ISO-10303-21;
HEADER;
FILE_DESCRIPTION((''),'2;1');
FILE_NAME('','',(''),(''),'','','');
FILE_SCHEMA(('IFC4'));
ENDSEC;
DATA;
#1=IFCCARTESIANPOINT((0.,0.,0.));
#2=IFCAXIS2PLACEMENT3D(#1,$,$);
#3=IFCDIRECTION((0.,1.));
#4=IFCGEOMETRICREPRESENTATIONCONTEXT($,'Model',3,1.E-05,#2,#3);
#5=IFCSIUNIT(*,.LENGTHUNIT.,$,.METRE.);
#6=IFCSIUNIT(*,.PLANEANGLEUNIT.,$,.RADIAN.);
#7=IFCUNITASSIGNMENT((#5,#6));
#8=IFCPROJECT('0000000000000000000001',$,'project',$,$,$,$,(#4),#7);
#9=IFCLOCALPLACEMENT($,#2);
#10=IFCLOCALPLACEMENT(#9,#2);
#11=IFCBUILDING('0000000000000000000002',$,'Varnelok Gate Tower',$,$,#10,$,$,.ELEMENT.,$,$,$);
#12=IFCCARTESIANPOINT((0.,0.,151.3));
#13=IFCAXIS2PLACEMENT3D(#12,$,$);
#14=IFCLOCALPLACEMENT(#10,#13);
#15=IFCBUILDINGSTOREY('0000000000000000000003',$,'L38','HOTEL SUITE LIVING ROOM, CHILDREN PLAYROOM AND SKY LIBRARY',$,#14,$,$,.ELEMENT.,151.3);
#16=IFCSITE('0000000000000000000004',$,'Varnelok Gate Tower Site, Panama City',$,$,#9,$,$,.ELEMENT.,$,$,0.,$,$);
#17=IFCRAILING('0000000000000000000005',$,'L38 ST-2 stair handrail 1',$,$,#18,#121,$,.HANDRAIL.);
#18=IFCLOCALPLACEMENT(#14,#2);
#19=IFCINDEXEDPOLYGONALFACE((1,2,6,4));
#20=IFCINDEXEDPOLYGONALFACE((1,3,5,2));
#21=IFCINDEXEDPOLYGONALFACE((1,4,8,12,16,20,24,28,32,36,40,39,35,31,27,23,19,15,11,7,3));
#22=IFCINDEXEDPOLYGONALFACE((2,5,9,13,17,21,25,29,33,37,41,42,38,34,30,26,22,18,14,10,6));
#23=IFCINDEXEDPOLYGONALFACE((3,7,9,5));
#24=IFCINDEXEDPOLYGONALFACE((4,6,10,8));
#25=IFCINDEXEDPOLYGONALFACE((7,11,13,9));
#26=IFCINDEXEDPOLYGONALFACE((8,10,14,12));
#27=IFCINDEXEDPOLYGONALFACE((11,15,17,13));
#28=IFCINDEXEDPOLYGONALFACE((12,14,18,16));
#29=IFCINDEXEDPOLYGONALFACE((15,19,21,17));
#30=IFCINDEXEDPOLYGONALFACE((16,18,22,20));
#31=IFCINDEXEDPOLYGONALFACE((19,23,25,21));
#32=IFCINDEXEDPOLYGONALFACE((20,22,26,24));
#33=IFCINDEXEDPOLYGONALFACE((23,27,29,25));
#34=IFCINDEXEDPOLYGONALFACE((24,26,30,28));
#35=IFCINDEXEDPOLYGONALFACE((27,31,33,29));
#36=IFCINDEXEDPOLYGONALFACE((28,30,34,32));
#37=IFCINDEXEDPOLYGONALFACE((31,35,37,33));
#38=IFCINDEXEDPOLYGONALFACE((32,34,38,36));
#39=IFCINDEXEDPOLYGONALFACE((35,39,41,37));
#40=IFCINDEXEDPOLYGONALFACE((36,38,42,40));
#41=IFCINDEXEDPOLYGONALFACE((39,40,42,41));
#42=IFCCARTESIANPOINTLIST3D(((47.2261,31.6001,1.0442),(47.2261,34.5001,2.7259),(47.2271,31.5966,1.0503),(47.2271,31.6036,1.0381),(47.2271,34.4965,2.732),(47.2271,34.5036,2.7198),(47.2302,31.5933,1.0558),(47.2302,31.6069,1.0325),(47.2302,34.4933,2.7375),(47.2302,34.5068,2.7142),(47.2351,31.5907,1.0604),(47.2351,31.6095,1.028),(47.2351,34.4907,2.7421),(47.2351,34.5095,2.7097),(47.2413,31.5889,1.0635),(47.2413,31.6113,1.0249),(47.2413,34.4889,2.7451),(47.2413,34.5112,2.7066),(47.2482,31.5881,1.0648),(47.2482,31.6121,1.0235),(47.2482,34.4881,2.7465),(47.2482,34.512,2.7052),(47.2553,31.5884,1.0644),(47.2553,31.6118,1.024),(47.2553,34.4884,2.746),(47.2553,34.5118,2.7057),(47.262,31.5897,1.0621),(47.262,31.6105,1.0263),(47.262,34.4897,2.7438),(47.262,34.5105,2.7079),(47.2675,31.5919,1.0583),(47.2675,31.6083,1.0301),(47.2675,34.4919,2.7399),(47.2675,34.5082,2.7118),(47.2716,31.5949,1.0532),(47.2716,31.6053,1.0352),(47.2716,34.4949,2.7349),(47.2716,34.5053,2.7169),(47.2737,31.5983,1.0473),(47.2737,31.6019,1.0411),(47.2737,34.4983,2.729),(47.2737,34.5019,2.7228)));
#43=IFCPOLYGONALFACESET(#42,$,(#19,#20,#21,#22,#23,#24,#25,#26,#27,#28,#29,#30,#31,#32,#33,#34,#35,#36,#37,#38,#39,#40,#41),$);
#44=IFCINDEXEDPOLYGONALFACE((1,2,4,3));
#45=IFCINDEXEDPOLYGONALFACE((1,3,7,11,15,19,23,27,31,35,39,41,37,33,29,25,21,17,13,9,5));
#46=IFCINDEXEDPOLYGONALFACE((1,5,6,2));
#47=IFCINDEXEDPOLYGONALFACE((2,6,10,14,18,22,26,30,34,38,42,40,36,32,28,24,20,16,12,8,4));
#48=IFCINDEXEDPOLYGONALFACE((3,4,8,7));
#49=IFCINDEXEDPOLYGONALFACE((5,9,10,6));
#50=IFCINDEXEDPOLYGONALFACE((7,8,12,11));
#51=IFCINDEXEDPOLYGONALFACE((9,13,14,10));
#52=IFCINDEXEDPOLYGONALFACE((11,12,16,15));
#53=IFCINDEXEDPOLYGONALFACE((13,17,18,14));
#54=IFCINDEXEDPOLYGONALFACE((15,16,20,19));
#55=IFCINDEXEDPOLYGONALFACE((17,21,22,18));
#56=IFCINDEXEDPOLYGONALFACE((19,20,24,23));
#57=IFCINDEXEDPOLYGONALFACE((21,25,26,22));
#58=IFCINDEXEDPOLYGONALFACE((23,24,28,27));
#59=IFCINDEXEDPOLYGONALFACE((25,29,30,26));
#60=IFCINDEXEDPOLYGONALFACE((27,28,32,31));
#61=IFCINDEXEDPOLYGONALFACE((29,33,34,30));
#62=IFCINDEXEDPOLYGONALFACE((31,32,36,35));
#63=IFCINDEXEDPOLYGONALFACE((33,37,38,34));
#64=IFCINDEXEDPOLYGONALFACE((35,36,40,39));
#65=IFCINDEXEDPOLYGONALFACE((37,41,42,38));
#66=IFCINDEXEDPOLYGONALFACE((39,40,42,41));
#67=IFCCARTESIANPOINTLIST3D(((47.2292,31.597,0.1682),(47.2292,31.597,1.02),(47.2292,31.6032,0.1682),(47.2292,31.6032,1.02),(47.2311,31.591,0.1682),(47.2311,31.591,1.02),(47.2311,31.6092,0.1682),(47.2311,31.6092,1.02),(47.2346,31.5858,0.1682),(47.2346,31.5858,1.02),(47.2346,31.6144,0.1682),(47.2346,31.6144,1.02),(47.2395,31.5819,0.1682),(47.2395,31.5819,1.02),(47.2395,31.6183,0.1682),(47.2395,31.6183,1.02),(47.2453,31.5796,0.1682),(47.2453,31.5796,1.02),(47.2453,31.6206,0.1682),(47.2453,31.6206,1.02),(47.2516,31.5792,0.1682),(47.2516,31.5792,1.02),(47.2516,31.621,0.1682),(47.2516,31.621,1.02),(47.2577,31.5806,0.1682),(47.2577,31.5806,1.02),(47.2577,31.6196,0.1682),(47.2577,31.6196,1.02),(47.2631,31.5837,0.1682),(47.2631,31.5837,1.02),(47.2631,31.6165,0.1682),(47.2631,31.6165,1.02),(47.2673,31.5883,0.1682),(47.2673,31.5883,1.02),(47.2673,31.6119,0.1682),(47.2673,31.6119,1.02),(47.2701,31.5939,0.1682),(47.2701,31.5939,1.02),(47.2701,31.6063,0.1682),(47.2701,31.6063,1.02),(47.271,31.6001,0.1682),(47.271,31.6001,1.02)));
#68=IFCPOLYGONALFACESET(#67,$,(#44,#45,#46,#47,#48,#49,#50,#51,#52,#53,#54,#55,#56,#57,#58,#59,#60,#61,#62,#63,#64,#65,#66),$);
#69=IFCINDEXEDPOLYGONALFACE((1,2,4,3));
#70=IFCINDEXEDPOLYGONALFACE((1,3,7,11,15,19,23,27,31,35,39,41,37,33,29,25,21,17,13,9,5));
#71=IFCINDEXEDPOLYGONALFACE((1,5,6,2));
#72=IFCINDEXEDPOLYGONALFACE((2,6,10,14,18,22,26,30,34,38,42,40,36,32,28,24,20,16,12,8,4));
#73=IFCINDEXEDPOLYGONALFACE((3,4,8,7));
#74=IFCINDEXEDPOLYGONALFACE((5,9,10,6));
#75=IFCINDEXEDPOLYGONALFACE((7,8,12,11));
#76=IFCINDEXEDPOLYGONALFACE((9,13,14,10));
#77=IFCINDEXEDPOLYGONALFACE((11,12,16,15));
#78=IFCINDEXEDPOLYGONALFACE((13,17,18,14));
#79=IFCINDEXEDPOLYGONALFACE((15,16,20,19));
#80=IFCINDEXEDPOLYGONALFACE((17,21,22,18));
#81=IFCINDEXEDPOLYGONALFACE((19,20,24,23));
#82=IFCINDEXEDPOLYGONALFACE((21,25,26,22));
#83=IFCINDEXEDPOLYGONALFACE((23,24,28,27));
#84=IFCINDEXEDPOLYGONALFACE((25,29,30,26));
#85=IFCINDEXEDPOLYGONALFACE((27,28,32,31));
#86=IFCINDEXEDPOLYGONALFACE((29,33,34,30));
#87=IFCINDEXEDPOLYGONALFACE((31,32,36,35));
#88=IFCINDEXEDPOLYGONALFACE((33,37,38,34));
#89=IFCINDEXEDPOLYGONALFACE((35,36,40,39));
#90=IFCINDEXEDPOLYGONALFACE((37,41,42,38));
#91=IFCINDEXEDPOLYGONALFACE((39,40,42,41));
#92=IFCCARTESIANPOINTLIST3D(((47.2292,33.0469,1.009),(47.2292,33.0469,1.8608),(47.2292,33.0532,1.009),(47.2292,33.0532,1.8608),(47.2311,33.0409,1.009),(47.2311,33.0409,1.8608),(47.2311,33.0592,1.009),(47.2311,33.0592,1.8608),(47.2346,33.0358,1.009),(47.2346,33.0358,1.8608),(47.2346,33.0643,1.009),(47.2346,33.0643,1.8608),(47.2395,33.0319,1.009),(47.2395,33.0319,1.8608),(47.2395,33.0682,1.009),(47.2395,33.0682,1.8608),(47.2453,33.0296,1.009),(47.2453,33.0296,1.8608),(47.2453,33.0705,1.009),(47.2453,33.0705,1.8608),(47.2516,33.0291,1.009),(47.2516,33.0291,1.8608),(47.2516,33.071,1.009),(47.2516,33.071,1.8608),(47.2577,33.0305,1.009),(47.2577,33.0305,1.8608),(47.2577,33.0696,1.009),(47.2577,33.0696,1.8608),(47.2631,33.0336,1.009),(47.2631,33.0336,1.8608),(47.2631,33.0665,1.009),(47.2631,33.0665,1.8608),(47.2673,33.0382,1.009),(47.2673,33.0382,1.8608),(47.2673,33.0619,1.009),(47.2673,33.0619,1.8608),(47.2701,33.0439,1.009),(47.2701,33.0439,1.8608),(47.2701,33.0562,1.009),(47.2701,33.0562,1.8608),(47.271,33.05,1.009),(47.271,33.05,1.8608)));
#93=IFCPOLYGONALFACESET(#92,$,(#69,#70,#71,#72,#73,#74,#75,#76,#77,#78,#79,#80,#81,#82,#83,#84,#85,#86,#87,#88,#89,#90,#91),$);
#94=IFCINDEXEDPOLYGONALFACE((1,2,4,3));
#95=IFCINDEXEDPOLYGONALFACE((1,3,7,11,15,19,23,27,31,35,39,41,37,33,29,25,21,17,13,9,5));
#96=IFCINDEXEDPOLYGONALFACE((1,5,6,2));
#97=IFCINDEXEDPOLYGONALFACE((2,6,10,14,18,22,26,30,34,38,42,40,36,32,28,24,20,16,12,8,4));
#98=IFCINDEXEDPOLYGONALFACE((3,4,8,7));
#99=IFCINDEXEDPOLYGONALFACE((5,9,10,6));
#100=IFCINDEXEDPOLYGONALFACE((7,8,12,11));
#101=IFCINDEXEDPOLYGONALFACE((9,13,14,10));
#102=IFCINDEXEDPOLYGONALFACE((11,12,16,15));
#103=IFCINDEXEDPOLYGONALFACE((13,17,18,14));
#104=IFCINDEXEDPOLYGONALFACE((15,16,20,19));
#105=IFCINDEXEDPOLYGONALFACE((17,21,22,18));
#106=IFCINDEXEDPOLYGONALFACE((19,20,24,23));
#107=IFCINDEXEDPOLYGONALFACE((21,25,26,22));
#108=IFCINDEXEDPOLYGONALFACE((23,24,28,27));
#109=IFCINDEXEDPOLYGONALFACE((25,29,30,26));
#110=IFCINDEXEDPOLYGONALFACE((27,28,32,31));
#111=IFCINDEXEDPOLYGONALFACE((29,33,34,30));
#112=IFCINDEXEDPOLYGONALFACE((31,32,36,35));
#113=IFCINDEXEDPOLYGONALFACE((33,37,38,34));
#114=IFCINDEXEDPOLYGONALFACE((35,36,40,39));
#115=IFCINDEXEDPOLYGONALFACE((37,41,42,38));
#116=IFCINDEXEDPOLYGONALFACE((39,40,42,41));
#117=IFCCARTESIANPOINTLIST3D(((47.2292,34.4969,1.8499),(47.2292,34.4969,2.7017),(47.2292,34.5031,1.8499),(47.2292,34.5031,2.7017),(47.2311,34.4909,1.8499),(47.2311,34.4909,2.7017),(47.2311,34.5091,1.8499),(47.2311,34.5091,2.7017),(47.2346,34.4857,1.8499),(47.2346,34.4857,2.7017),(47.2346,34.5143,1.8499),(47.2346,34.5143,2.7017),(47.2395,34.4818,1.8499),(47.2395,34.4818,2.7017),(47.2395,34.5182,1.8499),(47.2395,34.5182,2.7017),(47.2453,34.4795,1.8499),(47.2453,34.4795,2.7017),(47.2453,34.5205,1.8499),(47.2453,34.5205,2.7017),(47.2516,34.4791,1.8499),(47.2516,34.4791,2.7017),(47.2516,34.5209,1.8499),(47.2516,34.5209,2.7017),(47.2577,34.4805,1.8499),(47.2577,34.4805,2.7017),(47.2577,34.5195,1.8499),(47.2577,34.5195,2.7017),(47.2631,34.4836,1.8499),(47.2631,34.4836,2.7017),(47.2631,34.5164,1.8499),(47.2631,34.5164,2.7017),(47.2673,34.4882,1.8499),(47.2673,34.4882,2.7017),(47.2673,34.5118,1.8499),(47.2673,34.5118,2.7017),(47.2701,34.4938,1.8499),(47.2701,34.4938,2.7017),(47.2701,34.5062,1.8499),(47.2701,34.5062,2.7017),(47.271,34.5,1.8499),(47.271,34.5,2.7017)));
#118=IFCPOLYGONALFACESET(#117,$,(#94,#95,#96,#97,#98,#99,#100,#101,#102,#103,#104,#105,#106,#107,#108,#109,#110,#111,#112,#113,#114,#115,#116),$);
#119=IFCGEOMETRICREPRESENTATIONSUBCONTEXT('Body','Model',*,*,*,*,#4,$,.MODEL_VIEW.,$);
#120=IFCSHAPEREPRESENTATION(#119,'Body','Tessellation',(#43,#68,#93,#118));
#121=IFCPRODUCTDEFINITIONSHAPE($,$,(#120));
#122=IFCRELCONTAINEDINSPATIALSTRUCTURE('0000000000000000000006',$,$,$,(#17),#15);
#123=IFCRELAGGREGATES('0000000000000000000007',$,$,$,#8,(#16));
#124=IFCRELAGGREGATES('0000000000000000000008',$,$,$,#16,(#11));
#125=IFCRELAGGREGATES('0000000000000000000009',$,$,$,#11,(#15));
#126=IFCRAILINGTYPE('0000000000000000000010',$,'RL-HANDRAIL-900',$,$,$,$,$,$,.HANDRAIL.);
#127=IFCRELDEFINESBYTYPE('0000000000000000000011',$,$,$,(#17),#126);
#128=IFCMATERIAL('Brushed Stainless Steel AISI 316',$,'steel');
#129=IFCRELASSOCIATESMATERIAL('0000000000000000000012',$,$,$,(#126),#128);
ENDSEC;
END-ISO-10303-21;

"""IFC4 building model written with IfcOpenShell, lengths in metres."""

from ifc_helpers import new_model, si_unit, direction, frame, origin, origin_2d, place, context, subcontext, project, spatial, circle, extrude, material, type_object, element, save


model = new_model("IFC4")

# Units and contexts
model_context = context("Model", 3, precision=1e-05, world=origin(), true_north=direction((0.0, 1.0)))
body_context = subcontext(model_context, "Body", "Model", "MODEL_VIEW")
ifc_project = project(units=[si_unit("LENGTHUNIT", "METRE"), si_unit("PLANEANGLEUNIT", "RADIAN")], contexts=[model_context])

# Site, building, storey
site_placement = place(None, origin())
site = spatial("IfcSite", under=ifc_project, at=site_placement, Name="Varnelok Gate Tower Site, Panama City", CompositionType="ELEMENT", RefElevation=0.0)
building_placement = place(site_placement, origin())
building = spatial("IfcBuilding", under=site, at=building_placement, Name="Varnelok Gate Tower", CompositionType="ELEMENT")
storey_placement = place(building_placement, frame((0.0, 0.0, 151.3)))
storey = spatial("IfcBuildingStorey", under=building, at=storey_placement, Name="L38", Description="HOTEL SUITE LIVING ROOM, CHILDREN PLAYROOM AND SKY LIBRARY", CompositionType="ELEMENT", Elevation=151.3)

# Railing
ifc_material_1 = material(Name="Brushed Stainless Steel AISI 316", Category="steel")
railing_type_1 = type_object("IfcRailingType", Name="RL-HANDRAIL-900", PredefinedType="HANDRAIL", material=ifc_material_1)
railing_1_placement = place(storey_placement, frame((47.25, 31.6001, 0.1682)))
element("IfcRailing", 1, at=railing_1_placement, inside=storey, type_object=railing_type_1, Name="L38 ST-2 stair handrail 1", PredefinedType="HANDRAIL", context=body_context, shape_type="SweptSolid", body=[
    extrude(circle(Radius=0.0239, at=origin_2d()), frame((0.0, 0.0, 0.876), z_axis=(0.0, 0.86507, 0.501651), x_axis=(-1.0, 0.0, 0.0)), (0.0, 0.0, 1.0), 3.3523),
    extrude(circle(Radius=0.021, at=origin_2d()), origin(), (0.0, 0.0, 1.0), 0.8518),
    extrude(circle(Radius=0.021, at=origin_2d()), frame((0.0, 1.45, 0.8408)), (0.0, 0.0, 1.0), 0.8518),
    extrude(circle(Radius=0.021, at=origin_2d()), frame((0.0, 2.8999, 1.6816)), (0.0, 0.0, 1.0), 0.8518),
])

save(model, "model.ifc")
